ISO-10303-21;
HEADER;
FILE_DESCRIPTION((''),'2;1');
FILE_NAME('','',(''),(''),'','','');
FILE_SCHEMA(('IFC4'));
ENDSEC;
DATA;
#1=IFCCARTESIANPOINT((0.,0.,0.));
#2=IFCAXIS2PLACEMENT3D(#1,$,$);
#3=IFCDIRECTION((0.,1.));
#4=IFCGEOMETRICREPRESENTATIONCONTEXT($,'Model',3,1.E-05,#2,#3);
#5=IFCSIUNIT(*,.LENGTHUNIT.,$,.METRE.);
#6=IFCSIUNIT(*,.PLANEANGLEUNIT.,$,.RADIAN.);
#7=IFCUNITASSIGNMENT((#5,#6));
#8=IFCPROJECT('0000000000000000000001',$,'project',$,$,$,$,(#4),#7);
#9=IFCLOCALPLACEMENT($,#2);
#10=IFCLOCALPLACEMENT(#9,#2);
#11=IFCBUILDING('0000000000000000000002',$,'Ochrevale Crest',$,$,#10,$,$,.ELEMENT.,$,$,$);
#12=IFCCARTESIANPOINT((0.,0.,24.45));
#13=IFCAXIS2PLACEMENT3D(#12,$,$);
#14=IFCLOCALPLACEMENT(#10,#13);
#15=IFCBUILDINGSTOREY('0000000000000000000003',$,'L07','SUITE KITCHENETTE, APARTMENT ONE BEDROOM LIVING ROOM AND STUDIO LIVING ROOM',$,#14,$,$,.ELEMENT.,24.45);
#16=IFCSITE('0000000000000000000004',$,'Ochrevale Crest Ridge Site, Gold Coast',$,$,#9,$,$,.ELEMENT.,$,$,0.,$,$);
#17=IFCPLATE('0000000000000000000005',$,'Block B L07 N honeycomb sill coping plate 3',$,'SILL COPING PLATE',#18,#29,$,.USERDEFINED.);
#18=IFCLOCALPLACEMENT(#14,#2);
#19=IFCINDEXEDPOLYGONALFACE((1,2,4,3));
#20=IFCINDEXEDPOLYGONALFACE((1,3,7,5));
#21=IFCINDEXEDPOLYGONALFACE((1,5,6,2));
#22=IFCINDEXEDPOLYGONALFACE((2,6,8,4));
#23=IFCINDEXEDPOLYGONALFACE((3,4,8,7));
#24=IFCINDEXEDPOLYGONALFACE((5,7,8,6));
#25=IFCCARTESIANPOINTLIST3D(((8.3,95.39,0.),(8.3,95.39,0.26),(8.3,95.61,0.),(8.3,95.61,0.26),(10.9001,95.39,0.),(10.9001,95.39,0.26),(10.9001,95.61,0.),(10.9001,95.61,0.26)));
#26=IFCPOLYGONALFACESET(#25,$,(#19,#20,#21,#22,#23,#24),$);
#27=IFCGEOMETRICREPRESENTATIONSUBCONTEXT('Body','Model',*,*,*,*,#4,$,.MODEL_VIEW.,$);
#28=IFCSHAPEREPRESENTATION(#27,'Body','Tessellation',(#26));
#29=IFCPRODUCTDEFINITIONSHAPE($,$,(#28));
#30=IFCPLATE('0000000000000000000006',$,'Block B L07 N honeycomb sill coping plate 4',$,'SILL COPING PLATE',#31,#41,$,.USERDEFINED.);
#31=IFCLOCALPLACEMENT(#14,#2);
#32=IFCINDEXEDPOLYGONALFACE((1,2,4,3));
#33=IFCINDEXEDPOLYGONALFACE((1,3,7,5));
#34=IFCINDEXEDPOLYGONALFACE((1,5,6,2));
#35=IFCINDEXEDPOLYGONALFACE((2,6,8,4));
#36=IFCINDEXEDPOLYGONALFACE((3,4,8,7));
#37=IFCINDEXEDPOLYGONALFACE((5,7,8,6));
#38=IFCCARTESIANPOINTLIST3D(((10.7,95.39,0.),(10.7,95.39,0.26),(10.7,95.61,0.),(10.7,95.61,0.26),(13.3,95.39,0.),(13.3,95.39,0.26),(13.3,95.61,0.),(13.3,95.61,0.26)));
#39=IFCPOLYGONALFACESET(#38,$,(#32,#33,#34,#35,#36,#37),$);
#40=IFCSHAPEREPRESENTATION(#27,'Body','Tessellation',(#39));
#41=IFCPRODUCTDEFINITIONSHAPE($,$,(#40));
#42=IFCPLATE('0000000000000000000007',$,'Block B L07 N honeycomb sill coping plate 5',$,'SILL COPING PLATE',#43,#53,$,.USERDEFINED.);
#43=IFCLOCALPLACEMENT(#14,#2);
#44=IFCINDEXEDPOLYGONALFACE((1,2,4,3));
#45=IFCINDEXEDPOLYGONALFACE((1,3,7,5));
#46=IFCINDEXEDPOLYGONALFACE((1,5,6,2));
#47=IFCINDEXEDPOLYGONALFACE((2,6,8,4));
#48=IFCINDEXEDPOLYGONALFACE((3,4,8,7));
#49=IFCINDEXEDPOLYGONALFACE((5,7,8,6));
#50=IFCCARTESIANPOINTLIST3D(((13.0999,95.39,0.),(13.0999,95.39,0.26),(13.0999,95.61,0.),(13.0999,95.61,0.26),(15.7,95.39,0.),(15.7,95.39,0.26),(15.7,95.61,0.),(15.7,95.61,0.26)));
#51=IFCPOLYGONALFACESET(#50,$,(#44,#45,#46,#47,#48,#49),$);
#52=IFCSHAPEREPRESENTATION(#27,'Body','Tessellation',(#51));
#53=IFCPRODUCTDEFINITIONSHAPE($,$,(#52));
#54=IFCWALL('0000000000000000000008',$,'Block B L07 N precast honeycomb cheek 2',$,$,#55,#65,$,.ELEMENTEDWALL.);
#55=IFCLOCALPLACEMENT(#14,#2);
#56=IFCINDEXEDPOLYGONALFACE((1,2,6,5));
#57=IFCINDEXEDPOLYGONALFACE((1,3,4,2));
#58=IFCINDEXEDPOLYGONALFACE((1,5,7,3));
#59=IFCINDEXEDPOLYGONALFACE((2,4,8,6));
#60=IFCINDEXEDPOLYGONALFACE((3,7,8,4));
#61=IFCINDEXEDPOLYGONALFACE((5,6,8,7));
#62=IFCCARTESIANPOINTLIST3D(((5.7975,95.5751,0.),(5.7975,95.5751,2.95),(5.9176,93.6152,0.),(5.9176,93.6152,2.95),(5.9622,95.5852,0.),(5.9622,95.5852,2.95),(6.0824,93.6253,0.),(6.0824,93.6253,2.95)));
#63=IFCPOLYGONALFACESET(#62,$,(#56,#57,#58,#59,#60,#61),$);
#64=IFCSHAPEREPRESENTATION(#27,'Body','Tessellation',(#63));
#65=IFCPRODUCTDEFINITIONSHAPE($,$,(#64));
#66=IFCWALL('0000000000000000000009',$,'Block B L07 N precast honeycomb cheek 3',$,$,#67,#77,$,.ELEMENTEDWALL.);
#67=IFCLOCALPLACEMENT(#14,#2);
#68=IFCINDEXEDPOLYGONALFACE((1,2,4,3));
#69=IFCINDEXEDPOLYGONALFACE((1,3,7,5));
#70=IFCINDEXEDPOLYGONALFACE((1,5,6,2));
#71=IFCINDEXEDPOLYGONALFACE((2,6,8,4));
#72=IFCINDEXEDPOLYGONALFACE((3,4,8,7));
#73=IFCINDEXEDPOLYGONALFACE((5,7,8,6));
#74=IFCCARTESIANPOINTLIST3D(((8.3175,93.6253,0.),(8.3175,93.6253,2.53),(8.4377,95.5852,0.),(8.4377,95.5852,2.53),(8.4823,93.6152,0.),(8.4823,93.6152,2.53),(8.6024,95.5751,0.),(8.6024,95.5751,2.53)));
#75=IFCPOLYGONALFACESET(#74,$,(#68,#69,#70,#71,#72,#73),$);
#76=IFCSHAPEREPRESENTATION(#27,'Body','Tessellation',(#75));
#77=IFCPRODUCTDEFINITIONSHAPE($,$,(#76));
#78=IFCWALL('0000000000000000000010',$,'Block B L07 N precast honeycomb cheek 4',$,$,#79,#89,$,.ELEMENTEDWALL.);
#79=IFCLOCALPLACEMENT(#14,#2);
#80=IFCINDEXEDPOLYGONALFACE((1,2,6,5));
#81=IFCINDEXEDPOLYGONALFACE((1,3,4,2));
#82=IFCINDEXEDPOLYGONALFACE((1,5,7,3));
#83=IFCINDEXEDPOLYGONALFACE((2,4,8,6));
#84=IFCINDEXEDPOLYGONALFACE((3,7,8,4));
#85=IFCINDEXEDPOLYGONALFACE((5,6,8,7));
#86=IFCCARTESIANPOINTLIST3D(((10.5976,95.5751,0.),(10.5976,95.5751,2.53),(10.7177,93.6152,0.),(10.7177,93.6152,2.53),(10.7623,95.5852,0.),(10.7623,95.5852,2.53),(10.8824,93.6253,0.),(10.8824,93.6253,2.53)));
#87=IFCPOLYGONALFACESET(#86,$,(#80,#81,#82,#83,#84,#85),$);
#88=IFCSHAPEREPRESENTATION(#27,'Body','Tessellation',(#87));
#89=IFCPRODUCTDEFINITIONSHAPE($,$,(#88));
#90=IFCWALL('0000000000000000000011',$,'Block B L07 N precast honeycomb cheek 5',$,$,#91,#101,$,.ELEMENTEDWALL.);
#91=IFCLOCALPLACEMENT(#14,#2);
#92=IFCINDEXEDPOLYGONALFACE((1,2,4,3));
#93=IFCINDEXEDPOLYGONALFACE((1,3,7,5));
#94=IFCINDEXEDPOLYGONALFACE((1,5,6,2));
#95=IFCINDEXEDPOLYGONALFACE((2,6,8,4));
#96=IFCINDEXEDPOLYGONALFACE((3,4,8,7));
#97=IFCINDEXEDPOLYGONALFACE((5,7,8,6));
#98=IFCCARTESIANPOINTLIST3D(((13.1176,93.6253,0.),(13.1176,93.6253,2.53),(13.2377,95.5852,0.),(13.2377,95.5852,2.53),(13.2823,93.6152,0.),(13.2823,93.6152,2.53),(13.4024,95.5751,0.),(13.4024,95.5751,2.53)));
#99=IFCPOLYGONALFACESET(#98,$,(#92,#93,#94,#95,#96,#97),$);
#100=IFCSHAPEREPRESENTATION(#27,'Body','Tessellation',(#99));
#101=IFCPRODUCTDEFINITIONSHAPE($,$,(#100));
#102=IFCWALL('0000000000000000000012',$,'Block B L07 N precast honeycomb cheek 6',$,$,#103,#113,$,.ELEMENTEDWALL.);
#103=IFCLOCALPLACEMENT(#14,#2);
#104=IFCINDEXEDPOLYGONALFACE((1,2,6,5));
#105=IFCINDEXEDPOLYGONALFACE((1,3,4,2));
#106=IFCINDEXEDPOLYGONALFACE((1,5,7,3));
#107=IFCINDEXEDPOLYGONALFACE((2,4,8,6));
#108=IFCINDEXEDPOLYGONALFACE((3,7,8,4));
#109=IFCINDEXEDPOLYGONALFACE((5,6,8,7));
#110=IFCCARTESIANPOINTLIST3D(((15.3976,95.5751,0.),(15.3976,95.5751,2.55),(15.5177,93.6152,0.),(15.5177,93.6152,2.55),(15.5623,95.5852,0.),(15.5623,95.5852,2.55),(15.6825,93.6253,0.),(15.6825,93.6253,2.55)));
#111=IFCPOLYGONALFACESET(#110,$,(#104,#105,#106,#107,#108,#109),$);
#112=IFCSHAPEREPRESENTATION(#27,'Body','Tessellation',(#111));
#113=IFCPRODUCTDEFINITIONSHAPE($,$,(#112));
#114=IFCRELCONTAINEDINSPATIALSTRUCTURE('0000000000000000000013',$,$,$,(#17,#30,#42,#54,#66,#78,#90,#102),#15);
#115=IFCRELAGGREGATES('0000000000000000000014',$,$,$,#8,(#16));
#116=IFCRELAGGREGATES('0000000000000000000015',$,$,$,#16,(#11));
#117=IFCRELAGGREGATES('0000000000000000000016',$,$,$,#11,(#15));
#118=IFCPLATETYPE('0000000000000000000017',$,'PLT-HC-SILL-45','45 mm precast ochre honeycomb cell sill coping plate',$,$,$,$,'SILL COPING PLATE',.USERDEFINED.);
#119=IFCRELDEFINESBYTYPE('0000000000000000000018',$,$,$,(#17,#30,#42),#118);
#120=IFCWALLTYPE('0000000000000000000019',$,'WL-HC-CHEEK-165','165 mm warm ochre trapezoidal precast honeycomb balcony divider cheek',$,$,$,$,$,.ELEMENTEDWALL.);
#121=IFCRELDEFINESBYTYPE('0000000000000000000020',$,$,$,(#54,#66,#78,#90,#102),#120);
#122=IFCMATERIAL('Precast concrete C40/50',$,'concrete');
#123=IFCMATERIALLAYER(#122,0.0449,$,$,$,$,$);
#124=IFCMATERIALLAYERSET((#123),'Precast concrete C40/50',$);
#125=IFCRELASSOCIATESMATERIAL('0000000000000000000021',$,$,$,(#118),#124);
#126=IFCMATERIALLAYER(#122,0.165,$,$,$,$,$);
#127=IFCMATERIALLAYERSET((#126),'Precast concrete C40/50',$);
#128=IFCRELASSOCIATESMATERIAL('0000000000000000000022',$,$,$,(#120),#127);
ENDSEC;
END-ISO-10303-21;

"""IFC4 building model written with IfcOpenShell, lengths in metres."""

from ifc_helpers import new_model, si_unit, direction, frame, frame_2d, origin, origin_2d, place, context, subcontext, project, spatial, rectangle, extrude, material, layer, layer_set, type_object, element, save


model = new_model("IFC4")

# Units and contexts
model_context = context("Model", 3, precision=1e-05, world=origin(), true_north=direction((0.0, 1.0)))
body_context = subcontext(model_context, "Body", "Model", "MODEL_VIEW")
ifc_project = project(units=[si_unit("LENGTHUNIT", "METRE"), si_unit("PLANEANGLEUNIT", "RADIAN")], contexts=[model_context])

# Site, building, storey
site_placement = place(None, origin())
site = spatial("IfcSite", under=ifc_project, at=site_placement, Name="Ochrevale Crest Ridge Site, Gold Coast", CompositionType="ELEMENT", RefElevation=0.0)
building_placement = place(site_placement, origin())
building = spatial("IfcBuilding", under=site, at=building_placement, Name="Ochrevale Crest", CompositionType="ELEMENT")
storey_placement = place(building_placement, frame((0.0, 0.0, 24.45)))
storey = spatial("IfcBuildingStorey", under=building, at=storey_placement, Name="L07", Description="SUITE KITCHENETTE, APARTMENT ONE BEDROOM LIVING ROOM AND STUDIO LIVING ROOM", CompositionType="ELEMENT", Elevation=24.45)

# Shared definitions
ifc_material_1 = material(Name="Precast concrete C40/50", Category="concrete")

# Plates
ifc_layer_1 = layer(ifc_material_1, 0.0449)
ifc_layer_set_1 = layer_set([ifc_layer_1], Name="Precast concrete C40/50")
plate_type_1 = type_object("IfcPlateType", Name="PLT-HC-SILL-45", Description="45 mm precast ochre honeycomb cell sill coping plate", ElementType="SILL COPING PLATE", PredefinedType="USERDEFINED", material=ifc_layer_set_1)
for number, where, z_axis, x_axis, name in (
    (1, (9.6001, 95.5, 0.0), (0.0, 0.0, 1.0), (1.0, 0.0, 0.0), "Block B L07 N honeycomb sill coping plate 3"),
    (2, (12.0, 95.5, 0.0), (0.0, 0.0, 1.0), (1.0, 0.0, 0.0), "Block B L07 N honeycomb sill coping plate 4"),
    (3, (14.3999, 95.5, 0.0), (0.0, 0.0, 1.0), (1.0, 0.0, 0.0), "Block B L07 N honeycomb sill coping plate 5"),
):
    element("IfcPlate", number, at=place(storey_placement, frame(where, z_axis=z_axis, x_axis=x_axis)), inside=storey, type_object=plate_type_1, Name=name, ObjectType="SILL COPING PLATE", PredefinedType="USERDEFINED", context=body_context, shape_type="SweptSolid", body=[
        extrude(rectangle(XDim=2.6001, YDim=0.22, at=origin_2d()), origin(), (0.0, 0.0, 1.0), 0.26),
    ])

# Walls
ifc_layer_2 = layer(ifc_material_1, 0.165)
ifc_layer_set_2 = layer_set([ifc_layer_2], Name="Precast concrete C40/50")
wall_type = type_object("IfcWallType", Name="WL-HC-CHEEK-165", Description="165 mm warm ochre trapezoidal precast honeycomb balcony divider cheek", PredefinedType="ELEMENTEDWALL", material=ifc_layer_set_2)
wall_1_placement = place(storey_placement, frame((6.0, 93.6201, 0.0), z_axis=(0.0, 0.0, 1.0), x_axis=(-0.061171, 0.998127, 0.0)))
element("IfcWall", 4, at=wall_1_placement, inside=storey, type_object=wall_type, Name="Block B L07 N precast honeycomb cheek 2", PredefinedType="ELEMENTEDWALL", context=body_context, shape_type="SweptSolid", body=[
    extrude(rectangle(XDim=1.9636, YDim=0.165, at=frame_2d((0.9819, 0.0))), origin(), (0.0, 0.0, 1.0), 2.95),
])
for number, where, z_axis, x_axis, name in (
    (5, (8.3999, 93.6201, 0.0), (0.0, 0.0, 1.0), (0.061171, 0.998127, 0.0), "Block B L07 N precast honeycomb cheek 3"),
    (6, (10.8, 93.6201, 0.0), (0.0, 0.0, 1.0), (-0.061171, 0.998127, 0.0), "Block B L07 N precast honeycomb cheek 4"),
    (7, (13.2, 93.6201, 0.0), (0.0, 0.0, 1.0), (0.061171, 0.998127, 0.0), "Block B L07 N precast honeycomb cheek 5"),
):
    element("IfcWall", number, at=place(storey_placement, frame(where, z_axis=z_axis, x_axis=x_axis)), inside=storey, type_object=wall_type, Name=name, PredefinedType="ELEMENTEDWALL", context=body_context, shape_type="SweptSolid", body=[
        extrude(rectangle(XDim=1.9636, YDim=0.165, at=frame_2d((0.9819, 0.0))), origin(), (0.0, 0.0, 1.0), 2.53),
    ])
wall_2_placement = place(storey_placement, frame((15.6001, 93.6201, 0.0), z_axis=(0.0, 0.0, 1.0), x_axis=(-0.061171, 0.998127, 0.0)))
element("IfcWall", 8, at=wall_2_placement, inside=storey, type_object=wall_type, Name="Block B L07 N precast honeycomb cheek 6", PredefinedType="ELEMENTEDWALL", context=body_context, shape_type="SweptSolid", body=[
    extrude(rectangle(XDim=1.9636, YDim=0.165, at=frame_2d((0.9819, 0.0))), origin(), (0.0, 0.0, 1.0), 2.55),
])

save(model, "model.ifc")
